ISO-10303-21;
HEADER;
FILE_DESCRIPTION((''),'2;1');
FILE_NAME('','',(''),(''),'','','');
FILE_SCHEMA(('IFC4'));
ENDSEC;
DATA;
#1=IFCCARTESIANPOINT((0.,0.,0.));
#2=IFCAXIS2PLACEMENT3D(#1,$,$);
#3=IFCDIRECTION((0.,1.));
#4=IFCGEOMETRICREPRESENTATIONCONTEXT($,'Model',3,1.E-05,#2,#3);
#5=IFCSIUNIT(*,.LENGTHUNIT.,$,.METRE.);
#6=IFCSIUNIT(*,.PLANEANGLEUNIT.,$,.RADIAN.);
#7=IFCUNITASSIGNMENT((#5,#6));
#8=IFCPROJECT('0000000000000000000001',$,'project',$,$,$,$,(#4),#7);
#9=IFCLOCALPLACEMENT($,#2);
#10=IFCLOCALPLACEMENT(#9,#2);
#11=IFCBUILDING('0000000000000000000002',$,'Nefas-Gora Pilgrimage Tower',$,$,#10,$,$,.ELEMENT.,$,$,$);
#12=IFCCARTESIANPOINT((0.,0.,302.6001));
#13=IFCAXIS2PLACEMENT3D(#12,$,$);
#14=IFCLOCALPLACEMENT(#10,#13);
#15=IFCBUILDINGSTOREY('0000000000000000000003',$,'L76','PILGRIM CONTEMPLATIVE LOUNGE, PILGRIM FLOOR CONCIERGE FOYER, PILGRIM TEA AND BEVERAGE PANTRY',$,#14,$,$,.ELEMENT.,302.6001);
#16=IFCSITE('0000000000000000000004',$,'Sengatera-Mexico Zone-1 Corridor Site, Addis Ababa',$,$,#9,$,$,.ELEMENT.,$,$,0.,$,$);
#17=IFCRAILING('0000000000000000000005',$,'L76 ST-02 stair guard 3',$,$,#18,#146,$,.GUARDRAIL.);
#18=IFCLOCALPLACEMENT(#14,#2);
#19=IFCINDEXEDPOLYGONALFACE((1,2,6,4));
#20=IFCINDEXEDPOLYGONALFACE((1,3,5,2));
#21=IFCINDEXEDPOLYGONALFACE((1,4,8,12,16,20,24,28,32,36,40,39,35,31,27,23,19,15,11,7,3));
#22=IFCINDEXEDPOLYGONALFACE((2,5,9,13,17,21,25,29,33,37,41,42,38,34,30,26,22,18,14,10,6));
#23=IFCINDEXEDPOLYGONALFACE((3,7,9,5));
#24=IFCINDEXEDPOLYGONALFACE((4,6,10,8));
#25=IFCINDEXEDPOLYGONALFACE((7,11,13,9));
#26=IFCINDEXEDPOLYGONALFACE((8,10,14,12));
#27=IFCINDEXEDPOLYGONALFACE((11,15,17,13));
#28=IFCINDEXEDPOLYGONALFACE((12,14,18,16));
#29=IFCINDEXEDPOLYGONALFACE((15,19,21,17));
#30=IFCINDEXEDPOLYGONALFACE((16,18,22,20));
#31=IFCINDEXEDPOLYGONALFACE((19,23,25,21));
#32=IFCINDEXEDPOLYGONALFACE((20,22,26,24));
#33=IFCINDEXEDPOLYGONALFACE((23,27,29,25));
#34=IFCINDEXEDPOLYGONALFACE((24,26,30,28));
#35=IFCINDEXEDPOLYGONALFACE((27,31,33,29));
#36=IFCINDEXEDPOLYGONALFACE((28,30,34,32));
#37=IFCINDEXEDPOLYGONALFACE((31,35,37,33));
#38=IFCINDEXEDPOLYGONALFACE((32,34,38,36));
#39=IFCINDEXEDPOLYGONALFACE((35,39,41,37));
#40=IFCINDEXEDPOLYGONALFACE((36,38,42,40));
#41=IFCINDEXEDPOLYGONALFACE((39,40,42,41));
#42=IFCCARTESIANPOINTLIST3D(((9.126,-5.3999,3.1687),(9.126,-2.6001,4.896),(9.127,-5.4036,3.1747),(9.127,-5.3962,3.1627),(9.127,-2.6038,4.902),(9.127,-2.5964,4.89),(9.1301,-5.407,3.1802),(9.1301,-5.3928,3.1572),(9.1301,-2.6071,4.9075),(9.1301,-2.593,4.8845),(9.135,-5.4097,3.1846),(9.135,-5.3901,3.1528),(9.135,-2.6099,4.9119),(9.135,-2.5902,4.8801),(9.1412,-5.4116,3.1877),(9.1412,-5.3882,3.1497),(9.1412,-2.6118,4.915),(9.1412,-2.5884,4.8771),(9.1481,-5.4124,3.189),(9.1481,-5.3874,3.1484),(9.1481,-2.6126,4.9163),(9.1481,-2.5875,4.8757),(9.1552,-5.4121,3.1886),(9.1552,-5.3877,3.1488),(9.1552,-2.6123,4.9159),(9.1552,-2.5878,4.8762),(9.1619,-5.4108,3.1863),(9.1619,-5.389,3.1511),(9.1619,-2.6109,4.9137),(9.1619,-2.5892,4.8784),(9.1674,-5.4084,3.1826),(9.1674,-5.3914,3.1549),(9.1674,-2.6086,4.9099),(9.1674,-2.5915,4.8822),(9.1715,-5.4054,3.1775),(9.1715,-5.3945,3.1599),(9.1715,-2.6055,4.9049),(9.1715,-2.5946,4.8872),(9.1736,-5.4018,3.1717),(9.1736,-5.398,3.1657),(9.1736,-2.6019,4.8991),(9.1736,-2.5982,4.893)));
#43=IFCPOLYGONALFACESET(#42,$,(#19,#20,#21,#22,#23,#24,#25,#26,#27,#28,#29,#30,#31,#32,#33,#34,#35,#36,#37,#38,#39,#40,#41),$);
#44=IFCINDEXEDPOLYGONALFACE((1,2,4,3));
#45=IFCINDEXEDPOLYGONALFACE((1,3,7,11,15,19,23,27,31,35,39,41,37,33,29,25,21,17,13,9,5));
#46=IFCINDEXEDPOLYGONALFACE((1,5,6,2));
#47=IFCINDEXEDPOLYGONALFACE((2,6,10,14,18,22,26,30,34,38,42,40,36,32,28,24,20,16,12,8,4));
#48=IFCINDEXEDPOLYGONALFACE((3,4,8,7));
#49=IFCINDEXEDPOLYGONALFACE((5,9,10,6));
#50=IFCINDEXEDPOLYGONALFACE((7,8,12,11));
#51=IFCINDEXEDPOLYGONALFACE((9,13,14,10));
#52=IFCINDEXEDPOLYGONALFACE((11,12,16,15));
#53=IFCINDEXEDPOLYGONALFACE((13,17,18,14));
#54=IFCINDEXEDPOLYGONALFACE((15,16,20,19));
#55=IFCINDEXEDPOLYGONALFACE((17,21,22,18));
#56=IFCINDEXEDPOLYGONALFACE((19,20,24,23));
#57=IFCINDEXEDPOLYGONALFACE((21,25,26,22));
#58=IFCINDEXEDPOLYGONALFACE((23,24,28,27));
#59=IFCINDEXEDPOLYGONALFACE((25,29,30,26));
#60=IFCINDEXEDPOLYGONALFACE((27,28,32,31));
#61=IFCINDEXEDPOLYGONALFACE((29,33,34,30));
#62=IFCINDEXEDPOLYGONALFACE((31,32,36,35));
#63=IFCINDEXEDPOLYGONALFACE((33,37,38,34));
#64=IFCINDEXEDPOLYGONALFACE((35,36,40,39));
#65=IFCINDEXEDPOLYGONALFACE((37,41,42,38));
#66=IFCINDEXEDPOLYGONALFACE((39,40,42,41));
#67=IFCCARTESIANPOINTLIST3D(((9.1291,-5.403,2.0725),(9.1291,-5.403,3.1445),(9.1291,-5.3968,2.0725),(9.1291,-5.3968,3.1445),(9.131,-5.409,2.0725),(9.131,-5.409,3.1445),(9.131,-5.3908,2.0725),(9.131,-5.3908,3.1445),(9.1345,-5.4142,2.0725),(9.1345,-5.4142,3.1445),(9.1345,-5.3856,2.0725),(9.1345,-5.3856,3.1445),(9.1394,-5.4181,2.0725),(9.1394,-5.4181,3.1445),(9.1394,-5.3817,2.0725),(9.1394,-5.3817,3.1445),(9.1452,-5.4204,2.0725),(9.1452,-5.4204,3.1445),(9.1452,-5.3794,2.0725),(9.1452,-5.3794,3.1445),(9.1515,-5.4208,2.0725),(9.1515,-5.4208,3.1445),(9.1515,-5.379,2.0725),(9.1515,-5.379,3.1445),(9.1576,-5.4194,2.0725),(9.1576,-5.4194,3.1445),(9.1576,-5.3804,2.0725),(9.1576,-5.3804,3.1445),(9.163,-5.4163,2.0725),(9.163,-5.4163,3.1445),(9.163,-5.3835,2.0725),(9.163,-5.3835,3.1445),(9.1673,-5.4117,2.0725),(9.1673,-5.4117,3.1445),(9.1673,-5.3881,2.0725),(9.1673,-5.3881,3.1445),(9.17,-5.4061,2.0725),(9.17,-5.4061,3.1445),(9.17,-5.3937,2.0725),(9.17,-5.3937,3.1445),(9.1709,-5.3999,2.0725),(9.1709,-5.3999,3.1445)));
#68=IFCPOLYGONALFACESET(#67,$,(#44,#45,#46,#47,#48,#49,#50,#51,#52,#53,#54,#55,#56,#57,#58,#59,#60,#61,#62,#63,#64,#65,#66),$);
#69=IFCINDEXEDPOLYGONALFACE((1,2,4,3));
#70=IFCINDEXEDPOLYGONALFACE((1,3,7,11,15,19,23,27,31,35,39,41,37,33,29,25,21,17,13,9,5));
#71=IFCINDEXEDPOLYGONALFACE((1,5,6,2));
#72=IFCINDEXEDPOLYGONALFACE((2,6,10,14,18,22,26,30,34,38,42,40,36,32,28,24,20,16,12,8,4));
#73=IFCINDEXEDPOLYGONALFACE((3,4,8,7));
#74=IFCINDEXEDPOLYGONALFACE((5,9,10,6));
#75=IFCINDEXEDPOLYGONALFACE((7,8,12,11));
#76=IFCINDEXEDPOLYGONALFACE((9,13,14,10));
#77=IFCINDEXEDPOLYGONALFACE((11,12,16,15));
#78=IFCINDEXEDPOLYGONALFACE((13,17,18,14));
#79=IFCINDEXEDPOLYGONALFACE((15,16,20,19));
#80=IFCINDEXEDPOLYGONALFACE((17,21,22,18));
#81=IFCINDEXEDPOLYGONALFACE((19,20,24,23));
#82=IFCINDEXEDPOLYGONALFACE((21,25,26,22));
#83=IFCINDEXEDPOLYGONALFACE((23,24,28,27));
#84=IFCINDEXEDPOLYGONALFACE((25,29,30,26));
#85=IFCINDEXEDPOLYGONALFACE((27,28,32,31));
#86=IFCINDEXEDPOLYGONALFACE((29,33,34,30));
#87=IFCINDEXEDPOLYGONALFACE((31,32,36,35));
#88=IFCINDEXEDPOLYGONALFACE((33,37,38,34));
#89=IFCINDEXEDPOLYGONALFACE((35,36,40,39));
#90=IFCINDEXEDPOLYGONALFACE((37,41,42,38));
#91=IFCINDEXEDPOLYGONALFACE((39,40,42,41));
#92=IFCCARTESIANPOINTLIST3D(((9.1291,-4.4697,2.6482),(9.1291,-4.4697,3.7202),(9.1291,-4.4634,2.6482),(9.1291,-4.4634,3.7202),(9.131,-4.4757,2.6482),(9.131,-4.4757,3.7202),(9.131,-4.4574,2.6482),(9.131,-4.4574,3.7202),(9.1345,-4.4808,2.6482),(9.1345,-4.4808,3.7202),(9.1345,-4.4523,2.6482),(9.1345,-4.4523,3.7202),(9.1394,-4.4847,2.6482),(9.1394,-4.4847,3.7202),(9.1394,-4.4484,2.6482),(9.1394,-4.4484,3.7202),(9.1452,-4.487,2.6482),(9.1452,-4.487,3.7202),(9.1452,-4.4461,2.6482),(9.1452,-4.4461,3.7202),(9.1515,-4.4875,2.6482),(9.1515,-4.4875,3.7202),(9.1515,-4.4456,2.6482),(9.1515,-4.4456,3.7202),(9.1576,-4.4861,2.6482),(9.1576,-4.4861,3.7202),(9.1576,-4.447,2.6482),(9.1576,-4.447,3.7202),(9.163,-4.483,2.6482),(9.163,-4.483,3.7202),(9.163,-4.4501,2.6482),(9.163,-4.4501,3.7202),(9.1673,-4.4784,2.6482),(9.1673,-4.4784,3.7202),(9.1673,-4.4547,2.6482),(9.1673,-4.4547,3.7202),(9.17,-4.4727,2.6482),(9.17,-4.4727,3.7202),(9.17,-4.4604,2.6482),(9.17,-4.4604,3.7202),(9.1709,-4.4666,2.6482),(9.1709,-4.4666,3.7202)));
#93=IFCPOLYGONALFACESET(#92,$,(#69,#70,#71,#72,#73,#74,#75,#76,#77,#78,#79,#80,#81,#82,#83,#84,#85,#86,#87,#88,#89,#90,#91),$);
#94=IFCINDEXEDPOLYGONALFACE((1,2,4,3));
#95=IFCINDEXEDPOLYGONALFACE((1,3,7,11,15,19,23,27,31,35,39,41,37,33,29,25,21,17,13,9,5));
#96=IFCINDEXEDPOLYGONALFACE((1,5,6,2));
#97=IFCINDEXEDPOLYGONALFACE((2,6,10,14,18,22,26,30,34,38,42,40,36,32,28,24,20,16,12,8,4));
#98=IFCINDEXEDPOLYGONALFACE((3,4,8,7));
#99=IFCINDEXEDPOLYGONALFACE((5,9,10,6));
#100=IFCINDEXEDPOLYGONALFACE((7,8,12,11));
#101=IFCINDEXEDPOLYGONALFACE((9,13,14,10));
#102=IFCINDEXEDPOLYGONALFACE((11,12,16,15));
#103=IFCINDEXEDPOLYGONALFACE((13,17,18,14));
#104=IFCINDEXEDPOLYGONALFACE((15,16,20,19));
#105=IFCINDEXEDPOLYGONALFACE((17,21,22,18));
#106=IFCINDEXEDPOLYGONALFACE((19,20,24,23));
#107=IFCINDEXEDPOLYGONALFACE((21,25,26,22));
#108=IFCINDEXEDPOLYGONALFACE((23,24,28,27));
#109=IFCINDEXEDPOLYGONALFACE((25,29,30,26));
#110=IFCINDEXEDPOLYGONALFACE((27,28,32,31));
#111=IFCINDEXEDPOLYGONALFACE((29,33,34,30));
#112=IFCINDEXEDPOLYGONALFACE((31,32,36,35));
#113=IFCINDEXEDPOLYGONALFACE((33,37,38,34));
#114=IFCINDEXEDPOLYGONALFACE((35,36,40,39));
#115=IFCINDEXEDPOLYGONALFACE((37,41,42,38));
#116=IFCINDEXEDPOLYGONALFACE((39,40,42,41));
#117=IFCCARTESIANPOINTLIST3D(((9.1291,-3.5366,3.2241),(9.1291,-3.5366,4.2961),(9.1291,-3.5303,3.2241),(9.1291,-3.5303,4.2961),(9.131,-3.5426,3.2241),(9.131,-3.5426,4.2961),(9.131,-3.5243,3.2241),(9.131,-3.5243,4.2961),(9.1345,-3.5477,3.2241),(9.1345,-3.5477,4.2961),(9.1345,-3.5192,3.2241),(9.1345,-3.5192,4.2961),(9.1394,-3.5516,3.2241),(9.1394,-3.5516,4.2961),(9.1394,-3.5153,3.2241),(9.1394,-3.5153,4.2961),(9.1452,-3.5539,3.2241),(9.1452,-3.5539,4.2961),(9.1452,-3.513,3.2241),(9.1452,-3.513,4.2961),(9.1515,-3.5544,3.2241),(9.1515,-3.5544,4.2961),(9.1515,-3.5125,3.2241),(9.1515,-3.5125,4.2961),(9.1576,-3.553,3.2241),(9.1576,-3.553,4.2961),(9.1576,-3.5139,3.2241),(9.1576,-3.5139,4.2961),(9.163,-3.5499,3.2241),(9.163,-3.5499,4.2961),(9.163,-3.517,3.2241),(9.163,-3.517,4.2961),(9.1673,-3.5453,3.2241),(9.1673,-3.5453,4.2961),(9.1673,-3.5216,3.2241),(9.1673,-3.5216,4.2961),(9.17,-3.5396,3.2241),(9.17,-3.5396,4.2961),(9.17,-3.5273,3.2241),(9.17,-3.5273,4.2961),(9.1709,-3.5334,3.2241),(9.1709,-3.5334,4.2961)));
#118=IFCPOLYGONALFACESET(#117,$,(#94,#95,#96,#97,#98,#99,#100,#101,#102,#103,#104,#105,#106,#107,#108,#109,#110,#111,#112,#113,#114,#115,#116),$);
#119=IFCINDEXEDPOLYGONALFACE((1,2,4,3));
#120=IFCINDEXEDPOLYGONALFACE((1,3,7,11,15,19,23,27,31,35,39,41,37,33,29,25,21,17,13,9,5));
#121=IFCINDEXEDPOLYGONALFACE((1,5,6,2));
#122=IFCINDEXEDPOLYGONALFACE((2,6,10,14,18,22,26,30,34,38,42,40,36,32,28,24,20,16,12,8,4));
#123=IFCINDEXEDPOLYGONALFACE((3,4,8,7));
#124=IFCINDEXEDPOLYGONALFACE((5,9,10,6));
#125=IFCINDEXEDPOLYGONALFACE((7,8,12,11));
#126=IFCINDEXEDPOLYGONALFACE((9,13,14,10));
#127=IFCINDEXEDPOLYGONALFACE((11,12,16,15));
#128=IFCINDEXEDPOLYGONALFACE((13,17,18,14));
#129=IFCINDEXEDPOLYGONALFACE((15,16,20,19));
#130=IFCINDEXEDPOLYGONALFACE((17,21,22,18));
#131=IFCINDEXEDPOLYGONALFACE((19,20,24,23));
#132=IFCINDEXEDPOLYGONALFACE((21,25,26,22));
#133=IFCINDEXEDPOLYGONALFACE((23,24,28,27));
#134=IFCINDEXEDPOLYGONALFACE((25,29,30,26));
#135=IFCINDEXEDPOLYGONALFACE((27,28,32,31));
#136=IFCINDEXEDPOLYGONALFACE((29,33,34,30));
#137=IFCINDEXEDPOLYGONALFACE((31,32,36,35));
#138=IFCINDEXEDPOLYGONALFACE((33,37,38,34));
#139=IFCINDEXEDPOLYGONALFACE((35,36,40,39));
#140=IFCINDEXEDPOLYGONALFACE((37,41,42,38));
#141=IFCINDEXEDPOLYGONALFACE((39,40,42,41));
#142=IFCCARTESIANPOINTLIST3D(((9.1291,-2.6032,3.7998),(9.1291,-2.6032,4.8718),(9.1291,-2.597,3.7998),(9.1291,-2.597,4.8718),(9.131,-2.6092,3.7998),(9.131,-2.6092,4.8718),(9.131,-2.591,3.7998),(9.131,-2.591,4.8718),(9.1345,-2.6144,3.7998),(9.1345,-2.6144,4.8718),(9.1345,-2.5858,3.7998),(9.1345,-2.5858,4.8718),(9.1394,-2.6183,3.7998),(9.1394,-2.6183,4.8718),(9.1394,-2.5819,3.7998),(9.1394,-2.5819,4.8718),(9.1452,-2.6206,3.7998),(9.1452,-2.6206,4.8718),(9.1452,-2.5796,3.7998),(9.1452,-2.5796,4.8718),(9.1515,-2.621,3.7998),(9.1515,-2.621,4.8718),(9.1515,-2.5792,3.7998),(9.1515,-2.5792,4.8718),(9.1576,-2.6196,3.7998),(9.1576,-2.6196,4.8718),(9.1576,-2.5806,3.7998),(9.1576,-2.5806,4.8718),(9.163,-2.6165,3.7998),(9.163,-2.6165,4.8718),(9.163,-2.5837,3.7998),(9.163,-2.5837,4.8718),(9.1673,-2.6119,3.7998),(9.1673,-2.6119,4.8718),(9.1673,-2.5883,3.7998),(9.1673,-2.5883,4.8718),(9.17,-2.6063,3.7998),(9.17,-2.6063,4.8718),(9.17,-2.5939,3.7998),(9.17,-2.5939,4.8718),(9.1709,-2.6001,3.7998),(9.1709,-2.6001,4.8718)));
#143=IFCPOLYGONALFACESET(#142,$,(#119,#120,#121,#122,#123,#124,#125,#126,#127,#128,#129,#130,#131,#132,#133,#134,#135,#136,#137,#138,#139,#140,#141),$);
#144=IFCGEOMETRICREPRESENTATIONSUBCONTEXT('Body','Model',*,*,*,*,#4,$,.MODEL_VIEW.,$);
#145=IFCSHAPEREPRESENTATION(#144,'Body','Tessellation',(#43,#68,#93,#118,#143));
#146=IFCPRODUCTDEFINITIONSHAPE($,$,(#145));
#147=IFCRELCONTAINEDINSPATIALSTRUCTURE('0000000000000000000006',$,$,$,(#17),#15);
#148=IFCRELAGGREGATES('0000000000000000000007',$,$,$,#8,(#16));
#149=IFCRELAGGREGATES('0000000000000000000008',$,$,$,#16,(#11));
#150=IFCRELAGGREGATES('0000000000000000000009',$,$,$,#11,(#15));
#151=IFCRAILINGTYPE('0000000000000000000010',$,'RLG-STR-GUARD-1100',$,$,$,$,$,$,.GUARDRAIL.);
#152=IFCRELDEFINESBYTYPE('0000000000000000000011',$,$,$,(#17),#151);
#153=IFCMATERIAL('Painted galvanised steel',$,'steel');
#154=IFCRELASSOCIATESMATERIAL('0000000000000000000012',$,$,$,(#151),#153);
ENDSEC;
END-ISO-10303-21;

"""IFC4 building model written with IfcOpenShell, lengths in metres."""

from ifc_helpers import new_model, si_unit, direction, frame, origin, origin_2d, place, context, subcontext, project, spatial, circle, extrude, material, type_object, element, save


model = new_model("IFC4")

# Units and contexts
model_context = context("Model", 3, precision=1e-05, world=origin(), true_north=direction((0.0, 1.0)))
body_context = subcontext(model_context, "Body", "Model", "MODEL_VIEW")
ifc_project = project(units=[si_unit("LENGTHUNIT", "METRE"), si_unit("PLANEANGLEUNIT", "RADIAN")], contexts=[model_context])

# Site, building, storey
site_placement = place(None, origin())
site = spatial("IfcSite", under=ifc_project, at=site_placement, Name="Sengatera-Mexico Zone-1 Corridor Site, Addis Ababa", CompositionType="ELEMENT", RefElevation=0.0)
building_placement = place(site_placement, origin())
building = spatial("IfcBuilding", under=site, at=building_placement, Name="Nefas-Gora Pilgrimage Tower", CompositionType="ELEMENT")
storey_placement = place(building_placement, frame((0.0, 0.0, 302.6001)))
storey = spatial("IfcBuildingStorey", under=building, at=storey_placement, Name="L76", Description="PILGRIM CONTEMPLATIVE LOUNGE, PILGRIM FLOOR CONCIERGE FOYER, PILGRIM TEA AND BEVERAGE PANTRY", CompositionType="ELEMENT", Elevation=302.6001)

# Railing
ifc_material_1 = material(Name="Painted galvanised steel", Category="steel")
railing_type_1 = type_object("IfcRailingType", Name="RLG-STR-GUARD-1100", PredefinedType="GUARDRAIL", material=ifc_material_1)
railing_1_placement = place(storey_placement, frame((9.1499, -5.3999, 2.0725)))
element("IfcRailing", 1, at=railing_1_placement, inside=storey, type_object=railing_type_1, Name="L76 ST-02 stair guard 3", PredefinedType="GUARDRAIL", context=body_context, shape_type="SweptSolid", body=[
    extrude(circle(Radius=0.0239, at=origin_2d()), frame((0.0, 0.0, 1.0962), z_axis=(0.0, 0.851069, 0.525054), x_axis=(-1.0, 0.0, 0.0)), (0.0, 0.0, 1.0), 3.2898),
    extrude(circle(Radius=0.021, at=origin_2d()), origin(), (0.0, 0.0, 1.0), 1.072),
    extrude(circle(Radius=0.021, at=origin_2d()), frame((0.0, 0.9333, 0.5757)), (0.0, 0.0, 1.0), 1.072),
    extrude(circle(Radius=0.021, at=origin_2d()), frame((0.0, 1.8665, 1.1516)), (0.0, 0.0, 1.0), 1.072),
    extrude(circle(Radius=0.021, at=origin_2d()), frame((0.0, 2.7998, 1.7273)), (0.0, 0.0, 1.0), 1.072),
])

save(model, "model.ifc")
